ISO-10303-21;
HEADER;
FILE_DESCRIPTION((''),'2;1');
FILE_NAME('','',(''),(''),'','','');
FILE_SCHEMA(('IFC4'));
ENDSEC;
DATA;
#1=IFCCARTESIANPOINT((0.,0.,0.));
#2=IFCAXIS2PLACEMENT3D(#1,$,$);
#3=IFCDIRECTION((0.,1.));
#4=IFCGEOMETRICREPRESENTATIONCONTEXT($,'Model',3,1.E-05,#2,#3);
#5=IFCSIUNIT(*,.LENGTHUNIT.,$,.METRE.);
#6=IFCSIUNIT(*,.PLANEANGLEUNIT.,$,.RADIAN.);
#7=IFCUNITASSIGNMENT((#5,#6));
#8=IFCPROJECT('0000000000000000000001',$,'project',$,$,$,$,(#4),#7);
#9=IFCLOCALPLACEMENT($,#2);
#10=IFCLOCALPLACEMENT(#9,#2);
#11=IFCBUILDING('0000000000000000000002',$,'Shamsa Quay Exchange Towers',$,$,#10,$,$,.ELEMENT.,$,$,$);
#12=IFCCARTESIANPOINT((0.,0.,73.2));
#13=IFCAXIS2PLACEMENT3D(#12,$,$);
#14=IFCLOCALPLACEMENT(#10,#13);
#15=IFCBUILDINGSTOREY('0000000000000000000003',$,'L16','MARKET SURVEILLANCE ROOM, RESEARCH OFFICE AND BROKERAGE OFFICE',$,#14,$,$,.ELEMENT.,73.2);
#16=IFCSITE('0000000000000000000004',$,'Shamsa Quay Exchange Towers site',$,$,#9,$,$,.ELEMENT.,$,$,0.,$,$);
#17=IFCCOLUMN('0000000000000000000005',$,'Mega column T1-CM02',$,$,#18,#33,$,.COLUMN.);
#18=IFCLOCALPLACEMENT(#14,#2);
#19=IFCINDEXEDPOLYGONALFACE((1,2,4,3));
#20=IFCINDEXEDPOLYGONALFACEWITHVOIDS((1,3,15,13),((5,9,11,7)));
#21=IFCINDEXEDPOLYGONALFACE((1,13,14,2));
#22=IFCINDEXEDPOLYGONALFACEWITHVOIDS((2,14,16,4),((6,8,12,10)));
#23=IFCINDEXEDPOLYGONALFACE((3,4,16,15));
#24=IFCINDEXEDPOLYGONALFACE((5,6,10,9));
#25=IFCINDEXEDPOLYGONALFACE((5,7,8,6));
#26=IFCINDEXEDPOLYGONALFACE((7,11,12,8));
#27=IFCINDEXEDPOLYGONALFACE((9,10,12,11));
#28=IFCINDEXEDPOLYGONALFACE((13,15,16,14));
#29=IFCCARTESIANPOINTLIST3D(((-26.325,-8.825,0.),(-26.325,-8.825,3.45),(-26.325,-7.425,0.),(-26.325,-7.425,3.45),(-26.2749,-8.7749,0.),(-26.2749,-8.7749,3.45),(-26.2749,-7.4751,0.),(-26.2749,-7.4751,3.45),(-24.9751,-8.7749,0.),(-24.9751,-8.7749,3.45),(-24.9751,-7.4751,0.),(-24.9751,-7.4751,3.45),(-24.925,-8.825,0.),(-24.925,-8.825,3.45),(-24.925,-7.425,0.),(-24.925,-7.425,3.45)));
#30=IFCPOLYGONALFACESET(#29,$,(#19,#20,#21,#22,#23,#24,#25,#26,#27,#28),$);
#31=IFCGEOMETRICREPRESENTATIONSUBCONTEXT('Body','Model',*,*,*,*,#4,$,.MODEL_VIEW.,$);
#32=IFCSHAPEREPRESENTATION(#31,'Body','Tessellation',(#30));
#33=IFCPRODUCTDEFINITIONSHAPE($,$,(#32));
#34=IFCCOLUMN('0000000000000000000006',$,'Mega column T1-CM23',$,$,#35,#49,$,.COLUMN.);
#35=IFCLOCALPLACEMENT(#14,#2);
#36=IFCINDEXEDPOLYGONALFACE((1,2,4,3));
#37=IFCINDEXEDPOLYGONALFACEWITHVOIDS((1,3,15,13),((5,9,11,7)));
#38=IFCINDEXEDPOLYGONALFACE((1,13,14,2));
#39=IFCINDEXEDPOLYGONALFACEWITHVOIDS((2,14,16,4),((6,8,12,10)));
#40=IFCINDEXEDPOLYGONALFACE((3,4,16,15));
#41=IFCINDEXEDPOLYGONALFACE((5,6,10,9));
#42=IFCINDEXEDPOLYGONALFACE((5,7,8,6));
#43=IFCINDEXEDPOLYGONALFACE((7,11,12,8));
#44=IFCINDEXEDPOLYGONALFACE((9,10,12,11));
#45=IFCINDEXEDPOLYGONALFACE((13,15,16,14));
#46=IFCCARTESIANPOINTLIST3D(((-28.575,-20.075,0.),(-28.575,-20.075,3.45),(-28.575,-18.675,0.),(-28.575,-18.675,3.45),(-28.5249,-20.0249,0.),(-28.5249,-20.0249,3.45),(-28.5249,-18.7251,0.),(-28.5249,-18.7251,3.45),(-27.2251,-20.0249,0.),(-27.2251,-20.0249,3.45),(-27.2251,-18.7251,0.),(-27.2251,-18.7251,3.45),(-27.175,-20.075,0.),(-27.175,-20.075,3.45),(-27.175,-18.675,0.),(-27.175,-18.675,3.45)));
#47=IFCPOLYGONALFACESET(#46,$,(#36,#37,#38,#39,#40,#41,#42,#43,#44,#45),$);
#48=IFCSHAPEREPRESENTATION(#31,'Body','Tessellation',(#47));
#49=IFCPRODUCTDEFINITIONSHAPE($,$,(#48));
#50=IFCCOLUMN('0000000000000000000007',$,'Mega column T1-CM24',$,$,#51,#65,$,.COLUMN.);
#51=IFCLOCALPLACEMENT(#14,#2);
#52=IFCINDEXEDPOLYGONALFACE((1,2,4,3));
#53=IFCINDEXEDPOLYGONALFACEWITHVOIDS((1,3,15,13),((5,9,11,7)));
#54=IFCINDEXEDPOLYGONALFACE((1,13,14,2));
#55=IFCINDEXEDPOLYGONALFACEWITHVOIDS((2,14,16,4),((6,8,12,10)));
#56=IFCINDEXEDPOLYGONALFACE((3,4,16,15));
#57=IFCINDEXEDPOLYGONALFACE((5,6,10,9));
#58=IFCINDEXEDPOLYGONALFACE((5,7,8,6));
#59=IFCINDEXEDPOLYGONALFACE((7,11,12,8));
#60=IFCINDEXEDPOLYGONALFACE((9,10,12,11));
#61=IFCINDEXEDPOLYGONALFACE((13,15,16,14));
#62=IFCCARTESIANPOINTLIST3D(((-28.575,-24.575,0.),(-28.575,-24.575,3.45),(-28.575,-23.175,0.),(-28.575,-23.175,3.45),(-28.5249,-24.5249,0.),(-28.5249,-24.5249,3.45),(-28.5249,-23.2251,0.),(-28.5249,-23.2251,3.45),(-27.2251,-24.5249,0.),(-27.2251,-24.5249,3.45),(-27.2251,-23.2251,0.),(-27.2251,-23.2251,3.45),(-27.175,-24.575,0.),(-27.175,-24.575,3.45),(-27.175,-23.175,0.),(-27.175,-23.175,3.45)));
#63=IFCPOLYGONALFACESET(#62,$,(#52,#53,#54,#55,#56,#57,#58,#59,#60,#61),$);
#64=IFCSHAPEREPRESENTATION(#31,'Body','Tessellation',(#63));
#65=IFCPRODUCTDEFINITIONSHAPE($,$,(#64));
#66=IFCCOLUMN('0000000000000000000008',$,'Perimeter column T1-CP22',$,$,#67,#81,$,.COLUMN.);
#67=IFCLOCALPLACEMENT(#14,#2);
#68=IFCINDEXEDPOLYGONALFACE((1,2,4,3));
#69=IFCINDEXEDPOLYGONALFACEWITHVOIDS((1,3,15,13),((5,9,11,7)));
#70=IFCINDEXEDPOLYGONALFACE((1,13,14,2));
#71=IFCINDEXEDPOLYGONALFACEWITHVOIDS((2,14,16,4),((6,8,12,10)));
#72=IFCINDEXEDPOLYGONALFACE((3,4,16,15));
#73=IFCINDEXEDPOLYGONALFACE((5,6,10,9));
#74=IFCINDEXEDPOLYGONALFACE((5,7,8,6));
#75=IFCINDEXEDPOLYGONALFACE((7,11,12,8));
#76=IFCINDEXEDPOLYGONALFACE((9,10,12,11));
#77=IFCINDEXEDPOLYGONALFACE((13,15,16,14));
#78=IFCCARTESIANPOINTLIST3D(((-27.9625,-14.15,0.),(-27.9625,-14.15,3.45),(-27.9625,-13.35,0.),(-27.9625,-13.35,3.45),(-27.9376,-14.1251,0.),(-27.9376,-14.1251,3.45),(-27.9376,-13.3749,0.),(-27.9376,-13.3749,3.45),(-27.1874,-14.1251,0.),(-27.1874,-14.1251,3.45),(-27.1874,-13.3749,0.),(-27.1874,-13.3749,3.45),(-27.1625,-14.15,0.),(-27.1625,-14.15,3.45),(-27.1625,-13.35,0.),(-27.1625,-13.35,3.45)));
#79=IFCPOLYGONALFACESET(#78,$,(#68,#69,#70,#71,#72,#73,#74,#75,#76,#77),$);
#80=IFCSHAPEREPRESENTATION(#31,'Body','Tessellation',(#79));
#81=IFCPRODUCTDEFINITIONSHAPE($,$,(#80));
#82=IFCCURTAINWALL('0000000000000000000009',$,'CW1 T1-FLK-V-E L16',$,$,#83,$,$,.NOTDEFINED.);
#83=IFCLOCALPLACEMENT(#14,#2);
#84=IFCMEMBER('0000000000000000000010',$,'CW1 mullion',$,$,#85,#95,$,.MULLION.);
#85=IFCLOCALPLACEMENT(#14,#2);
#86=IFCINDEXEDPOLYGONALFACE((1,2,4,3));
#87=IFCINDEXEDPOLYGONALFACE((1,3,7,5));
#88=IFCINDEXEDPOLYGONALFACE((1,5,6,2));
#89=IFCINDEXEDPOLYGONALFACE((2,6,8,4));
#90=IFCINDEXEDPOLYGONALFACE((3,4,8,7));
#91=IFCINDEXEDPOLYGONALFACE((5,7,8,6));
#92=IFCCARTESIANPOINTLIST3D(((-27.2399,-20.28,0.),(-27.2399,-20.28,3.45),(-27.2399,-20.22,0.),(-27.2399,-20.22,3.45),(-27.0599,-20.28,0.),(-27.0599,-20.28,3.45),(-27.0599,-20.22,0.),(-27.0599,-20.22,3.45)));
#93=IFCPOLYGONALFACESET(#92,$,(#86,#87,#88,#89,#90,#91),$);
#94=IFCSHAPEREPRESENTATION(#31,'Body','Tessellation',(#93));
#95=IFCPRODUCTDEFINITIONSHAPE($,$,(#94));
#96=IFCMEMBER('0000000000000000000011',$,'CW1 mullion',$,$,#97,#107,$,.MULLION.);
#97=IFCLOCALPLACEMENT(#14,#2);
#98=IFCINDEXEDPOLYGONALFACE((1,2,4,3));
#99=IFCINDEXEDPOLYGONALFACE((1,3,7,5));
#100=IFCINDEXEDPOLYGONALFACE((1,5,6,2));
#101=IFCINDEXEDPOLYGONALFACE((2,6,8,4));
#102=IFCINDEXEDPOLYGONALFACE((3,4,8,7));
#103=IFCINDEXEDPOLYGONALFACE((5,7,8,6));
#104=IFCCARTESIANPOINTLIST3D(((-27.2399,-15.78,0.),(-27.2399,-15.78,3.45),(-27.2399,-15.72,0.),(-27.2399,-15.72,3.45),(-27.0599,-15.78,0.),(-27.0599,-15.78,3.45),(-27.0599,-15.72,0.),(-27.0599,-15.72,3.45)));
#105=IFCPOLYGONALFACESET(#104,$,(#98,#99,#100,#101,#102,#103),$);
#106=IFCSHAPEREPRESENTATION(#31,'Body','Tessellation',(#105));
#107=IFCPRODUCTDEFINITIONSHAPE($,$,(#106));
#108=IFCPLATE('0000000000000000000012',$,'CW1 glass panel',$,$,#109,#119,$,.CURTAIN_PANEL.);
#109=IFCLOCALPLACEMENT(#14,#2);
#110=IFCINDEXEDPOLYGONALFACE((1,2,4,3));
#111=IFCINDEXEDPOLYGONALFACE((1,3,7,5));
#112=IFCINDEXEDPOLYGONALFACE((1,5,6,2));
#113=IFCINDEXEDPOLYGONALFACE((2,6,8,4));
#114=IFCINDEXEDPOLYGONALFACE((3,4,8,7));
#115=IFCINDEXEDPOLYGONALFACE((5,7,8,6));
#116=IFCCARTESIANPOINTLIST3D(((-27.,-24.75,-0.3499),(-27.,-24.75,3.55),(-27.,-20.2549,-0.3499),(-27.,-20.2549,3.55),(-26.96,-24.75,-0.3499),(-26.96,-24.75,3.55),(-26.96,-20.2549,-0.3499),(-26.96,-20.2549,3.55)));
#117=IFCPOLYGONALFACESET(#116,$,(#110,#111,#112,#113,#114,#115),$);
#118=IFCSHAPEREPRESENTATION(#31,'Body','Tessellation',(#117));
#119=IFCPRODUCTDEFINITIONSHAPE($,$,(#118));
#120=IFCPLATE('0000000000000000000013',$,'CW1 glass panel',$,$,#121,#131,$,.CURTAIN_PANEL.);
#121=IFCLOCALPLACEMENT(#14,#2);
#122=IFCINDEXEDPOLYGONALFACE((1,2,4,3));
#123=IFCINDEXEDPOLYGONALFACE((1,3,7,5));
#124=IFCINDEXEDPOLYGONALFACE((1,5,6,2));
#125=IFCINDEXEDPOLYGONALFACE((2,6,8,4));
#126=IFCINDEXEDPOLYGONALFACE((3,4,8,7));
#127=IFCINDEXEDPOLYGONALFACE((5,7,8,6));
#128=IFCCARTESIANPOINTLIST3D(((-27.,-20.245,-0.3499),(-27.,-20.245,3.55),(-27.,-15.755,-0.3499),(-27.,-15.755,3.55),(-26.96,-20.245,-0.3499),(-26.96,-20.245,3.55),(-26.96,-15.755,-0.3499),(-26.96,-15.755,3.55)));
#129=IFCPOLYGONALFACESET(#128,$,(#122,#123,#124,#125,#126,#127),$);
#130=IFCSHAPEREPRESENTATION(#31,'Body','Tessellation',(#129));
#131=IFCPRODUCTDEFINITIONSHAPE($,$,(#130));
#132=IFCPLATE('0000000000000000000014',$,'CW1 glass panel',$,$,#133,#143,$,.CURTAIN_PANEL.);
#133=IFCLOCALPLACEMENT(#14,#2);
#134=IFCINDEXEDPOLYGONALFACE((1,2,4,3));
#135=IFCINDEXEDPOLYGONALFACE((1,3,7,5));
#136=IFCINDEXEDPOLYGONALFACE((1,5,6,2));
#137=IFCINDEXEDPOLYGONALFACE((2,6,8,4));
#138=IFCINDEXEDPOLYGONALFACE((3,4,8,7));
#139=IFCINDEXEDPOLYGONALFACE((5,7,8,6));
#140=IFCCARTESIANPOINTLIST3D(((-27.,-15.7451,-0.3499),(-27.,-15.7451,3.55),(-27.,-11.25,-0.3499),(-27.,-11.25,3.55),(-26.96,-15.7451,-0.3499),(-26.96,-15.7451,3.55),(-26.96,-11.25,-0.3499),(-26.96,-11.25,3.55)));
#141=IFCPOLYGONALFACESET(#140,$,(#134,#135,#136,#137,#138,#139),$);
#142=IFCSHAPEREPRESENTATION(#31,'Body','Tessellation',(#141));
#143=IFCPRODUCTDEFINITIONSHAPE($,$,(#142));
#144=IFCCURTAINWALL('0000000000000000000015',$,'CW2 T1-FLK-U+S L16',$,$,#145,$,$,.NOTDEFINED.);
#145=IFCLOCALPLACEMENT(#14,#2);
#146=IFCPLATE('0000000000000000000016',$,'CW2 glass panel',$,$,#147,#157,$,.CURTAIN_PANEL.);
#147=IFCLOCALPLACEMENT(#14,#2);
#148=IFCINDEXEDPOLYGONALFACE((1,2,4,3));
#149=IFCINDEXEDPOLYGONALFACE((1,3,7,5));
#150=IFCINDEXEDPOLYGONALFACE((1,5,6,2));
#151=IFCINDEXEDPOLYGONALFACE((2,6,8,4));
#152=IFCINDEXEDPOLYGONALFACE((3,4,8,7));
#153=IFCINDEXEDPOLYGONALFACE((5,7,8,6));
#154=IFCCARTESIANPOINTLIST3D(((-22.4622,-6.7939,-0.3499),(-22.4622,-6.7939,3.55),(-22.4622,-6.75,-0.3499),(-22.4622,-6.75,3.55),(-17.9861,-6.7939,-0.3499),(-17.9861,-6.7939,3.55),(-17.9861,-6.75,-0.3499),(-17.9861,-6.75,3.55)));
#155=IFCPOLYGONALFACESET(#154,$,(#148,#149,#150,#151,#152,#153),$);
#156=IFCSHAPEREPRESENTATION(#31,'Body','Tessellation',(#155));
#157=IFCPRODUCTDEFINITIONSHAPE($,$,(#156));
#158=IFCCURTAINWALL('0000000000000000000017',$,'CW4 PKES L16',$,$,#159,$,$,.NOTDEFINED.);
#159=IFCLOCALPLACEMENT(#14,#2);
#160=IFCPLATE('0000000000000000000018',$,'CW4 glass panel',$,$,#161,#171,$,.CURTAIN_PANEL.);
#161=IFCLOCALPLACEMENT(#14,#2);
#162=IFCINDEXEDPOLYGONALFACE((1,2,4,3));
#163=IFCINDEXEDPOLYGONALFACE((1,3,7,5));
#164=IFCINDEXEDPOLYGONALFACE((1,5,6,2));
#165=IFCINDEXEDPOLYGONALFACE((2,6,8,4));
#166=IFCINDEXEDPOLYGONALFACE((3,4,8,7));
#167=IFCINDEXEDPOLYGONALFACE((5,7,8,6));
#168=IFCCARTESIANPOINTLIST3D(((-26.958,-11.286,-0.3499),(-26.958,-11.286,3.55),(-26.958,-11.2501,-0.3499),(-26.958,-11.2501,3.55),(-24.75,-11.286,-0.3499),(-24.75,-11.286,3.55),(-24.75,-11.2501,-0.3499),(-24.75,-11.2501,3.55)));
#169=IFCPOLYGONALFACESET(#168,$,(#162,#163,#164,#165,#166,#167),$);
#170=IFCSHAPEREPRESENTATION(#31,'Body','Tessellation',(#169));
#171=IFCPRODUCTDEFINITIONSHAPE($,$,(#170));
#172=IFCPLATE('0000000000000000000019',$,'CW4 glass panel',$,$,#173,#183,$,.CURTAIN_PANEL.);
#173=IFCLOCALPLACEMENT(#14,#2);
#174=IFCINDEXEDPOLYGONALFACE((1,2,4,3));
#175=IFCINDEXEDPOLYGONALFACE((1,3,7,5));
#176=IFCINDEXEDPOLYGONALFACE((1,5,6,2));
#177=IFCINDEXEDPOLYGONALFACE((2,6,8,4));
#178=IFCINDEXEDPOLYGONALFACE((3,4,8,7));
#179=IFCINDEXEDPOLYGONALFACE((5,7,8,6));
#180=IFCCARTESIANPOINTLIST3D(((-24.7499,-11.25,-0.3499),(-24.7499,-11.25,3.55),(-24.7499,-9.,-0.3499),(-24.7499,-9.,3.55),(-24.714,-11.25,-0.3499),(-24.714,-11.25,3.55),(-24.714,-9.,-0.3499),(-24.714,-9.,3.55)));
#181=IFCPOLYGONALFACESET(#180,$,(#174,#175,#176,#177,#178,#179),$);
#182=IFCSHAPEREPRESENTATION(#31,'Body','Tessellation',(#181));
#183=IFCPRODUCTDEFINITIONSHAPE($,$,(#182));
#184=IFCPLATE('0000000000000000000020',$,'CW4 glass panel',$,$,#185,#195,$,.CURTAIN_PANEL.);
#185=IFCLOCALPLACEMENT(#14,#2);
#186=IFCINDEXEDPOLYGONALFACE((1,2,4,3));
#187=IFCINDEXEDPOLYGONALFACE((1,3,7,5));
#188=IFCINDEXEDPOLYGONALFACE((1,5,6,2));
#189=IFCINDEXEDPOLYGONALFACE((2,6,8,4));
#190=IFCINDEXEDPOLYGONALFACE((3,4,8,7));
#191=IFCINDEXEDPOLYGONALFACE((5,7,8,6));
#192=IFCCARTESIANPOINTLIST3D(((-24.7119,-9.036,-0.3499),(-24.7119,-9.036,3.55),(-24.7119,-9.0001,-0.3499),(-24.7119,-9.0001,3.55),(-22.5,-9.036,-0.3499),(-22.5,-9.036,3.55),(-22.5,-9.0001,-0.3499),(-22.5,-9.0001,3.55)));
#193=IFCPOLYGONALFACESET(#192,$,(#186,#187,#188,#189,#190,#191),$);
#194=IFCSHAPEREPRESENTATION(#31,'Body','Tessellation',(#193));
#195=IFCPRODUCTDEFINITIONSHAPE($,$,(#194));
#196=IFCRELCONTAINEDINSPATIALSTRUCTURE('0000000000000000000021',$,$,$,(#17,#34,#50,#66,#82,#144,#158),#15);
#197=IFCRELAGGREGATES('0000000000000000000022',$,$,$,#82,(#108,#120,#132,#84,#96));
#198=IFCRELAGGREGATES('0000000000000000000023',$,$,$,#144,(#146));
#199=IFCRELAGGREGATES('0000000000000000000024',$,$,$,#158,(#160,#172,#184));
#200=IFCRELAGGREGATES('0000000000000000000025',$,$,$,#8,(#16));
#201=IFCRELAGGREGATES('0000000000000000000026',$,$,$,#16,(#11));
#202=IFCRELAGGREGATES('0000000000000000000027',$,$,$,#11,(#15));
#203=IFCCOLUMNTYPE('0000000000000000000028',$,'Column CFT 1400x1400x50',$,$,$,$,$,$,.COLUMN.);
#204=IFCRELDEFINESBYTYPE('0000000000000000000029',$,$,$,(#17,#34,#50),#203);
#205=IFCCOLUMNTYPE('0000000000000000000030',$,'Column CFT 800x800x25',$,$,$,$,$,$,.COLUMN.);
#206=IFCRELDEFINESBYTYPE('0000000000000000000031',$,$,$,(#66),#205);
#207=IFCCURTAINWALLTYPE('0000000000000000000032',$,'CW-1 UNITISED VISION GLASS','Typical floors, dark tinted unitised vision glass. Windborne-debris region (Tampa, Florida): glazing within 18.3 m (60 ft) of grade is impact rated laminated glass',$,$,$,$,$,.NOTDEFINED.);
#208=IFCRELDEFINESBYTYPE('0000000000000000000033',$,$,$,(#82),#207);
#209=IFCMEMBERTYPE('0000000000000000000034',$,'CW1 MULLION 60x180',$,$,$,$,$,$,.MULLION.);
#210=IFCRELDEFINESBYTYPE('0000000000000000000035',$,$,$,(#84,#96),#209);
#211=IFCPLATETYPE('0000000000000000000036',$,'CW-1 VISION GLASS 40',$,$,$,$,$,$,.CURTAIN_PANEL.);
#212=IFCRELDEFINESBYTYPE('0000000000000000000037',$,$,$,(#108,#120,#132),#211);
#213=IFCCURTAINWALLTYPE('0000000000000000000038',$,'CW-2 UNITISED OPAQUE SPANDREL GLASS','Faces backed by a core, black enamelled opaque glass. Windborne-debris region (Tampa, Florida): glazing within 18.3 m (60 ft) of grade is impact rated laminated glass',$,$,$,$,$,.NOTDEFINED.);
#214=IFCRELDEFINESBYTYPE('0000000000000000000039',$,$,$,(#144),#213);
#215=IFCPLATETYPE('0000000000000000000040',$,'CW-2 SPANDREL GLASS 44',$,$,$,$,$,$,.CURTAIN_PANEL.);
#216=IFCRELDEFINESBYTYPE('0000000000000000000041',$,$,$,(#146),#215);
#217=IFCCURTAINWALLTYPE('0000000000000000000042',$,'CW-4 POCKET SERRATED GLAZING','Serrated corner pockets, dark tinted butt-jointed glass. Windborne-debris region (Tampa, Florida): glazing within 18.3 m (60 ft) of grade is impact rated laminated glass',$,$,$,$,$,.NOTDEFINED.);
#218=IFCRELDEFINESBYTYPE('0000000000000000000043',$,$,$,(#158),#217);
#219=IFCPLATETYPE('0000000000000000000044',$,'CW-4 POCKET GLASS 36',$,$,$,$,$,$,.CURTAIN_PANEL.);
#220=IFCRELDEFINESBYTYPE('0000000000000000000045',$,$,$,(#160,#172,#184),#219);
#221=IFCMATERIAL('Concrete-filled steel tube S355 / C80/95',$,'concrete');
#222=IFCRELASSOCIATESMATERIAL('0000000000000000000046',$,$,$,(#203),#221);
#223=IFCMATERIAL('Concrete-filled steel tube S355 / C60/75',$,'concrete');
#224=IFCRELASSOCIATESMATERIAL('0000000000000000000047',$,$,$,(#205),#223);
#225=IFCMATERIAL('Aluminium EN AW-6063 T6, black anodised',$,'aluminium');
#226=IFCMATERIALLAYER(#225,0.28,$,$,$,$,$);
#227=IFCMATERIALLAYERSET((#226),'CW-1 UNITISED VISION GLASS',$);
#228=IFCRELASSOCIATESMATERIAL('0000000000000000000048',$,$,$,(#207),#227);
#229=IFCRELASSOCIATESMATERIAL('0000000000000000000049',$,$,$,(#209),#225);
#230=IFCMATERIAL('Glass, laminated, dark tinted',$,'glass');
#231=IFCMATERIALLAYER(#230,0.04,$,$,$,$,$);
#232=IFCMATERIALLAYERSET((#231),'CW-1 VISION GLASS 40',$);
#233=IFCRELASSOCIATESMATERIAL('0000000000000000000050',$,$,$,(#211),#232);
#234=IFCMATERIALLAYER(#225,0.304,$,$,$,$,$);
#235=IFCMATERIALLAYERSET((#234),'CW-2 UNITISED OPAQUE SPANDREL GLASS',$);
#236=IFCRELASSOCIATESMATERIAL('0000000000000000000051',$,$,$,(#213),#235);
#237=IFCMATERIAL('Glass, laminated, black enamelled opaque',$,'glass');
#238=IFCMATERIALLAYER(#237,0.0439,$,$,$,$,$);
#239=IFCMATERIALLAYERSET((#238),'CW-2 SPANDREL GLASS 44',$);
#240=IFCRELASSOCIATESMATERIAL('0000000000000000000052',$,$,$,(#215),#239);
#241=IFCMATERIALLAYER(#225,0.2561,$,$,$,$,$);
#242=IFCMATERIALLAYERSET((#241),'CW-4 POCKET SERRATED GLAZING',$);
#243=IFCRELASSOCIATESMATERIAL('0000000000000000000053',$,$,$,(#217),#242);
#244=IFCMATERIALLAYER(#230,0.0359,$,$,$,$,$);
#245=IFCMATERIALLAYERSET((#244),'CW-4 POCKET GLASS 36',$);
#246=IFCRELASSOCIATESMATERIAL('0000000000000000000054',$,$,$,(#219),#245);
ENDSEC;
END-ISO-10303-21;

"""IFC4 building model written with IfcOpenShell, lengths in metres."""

from ifc_helpers import new_model, si_unit, direction, frame, origin, origin_2d, place, context, subcontext, project, spatial, rectangle, hollow_rectangle, extrude, material, layer, layer_set, material_profile, profile_set, type_object, element, aggregate, save


model = new_model("IFC4")

# Units and contexts
model_context = context("Model", 3, precision=1e-05, world=origin(), true_north=direction((0.0, 1.0)))
body_context = subcontext(model_context, "Body", "Model", "MODEL_VIEW")
ifc_project = project(units=[si_unit("LENGTHUNIT", "METRE"), si_unit("PLANEANGLEUNIT", "RADIAN")], contexts=[model_context])

# Site, building, storey
site_placement = place(None, origin())
site = spatial("IfcSite", under=ifc_project, at=site_placement, Name="Shamsa Quay Exchange Towers site", CompositionType="ELEMENT", RefElevation=0.0)
building_placement = place(site_placement, origin())
building = spatial("IfcBuilding", under=site, at=building_placement, Name="Shamsa Quay Exchange Towers", CompositionType="ELEMENT")
storey_placement = place(building_placement, frame((0.0, 0.0, 73.2)))
storey = spatial("IfcBuildingStorey", under=building, at=storey_placement, Name="L16", Description="MARKET SURVEILLANCE ROOM, RESEARCH OFFICE AND BROKERAGE OFFICE", CompositionType="ELEMENT", Elevation=73.2)

# Columns
ifc_material_1 = material(Name="Concrete-filled steel tube S355 / C80/95", Category="concrete")
ifc_material_profile_1 = material_profile(ifc_material_1, hollow_rectangle(XDim=1.3999, YDim=1.3999, WallThickness=0.05, at=origin_2d()), Name="CFT 1400x1400x50")
ifc_profile_set_1 = profile_set([ifc_material_profile_1], Name="Concrete-filled steel tube S355 / C80/95")
column_type_1 = type_object("IfcColumnType", Name="Column CFT 1400x1400x50", PredefinedType="COLUMN", material=ifc_profile_set_1)
for number, where, name in (
    (1, (-25.625, -8.125, 0.0), "Mega column T1-CM02"),
    (2, (-27.875, -19.375, 0.0), "Mega column T1-CM23"),
    (3, (-27.875, -23.875, 0.0), "Mega column T1-CM24"),
):
    element("IfcColumn", number, at=place(storey_placement, frame(where)), inside=storey, type_object=column_type_1, Name=name, PredefinedType="COLUMN", context=body_context, shape_type="SweptSolid", body=[
        extrude(hollow_rectangle(XDim=1.3999, YDim=1.3999, WallThickness=0.05, at=origin_2d()), origin(), (0.0, 0.0, 1.0), 3.45),
    ])
ifc_material_2 = material(Name="Concrete-filled steel tube S355 / C60/75", Category="concrete")
ifc_material_profile_2 = material_profile(ifc_material_2, hollow_rectangle(XDim=0.8, YDim=0.8, WallThickness=0.0249, at=origin_2d()), Name="CFT 800x800x25")
ifc_profile_set_2 = profile_set([ifc_material_profile_2], Name="Concrete-filled steel tube S355 / C60/75")
column_type_2 = type_object("IfcColumnType", Name="Column CFT 800x800x25", PredefinedType="COLUMN", material=ifc_profile_set_2)
column_placement = place(storey_placement, frame((-27.5625, -13.75, 0.0)))
element("IfcColumn", 4, at=column_placement, inside=storey, type_object=column_type_2, Name="Perimeter column T1-CP22", PredefinedType="COLUMN", context=body_context, shape_type="SweptSolid", body=[
    extrude(hollow_rectangle(XDim=0.8, YDim=0.8, WallThickness=0.0249, at=origin_2d()), origin(), (0.0, 0.0, 1.0), 3.45),
])

# Curtain wall, members, plates
ifc_material_3 = material(Name="Aluminium EN AW-6063 T6, black anodised", Category="aluminium")
ifc_layer_1 = layer(ifc_material_3, 0.28)
ifc_layer_set_1 = layer_set([ifc_layer_1], Name="CW-1 UNITISED VISION GLASS")
curtain_wall_type_1 = type_object("IfcCurtainWallType", Name="CW-1 UNITISED VISION GLASS", Description="Typical floors, dark tinted unitised vision glass. Windborne-debris region (Tampa, Florida): glazing within 18.3 m (60 ft) of grade is impact rated laminated glass", PredefinedType="NOTDEFINED", material=ifc_layer_set_1)
curtain_wall_1_placement = place(storey_placement, origin())
curtain_wall_1 = element("IfcCurtainWall", 5, at=curtain_wall_1_placement, inside=storey, type_object=curtain_wall_type_1, Name="CW1 T1-FLK-V-E L16", PredefinedType="NOTDEFINED")
ifc_material_profile_3 = material_profile(ifc_material_3, rectangle(XDim=0.1799, YDim=0.0601, at=origin_2d()), Name="MU60x180")
ifc_profile_set_3 = profile_set([ifc_material_profile_3], Name="Aluminium EN AW-6063 T6, black anodised")
member_type = type_object("IfcMemberType", Name="CW1 MULLION 60x180", PredefinedType="MULLION", material=ifc_profile_set_3)
member_1_placement = place(storey_placement, frame((-27.1499, -20.25, 0.0), z_axis=(0.0, 0.0, 1.0), x_axis=(-1.0, 0.0, 0.0)))
member_1 = element("IfcMember", 6, at=member_1_placement, type_object=member_type, Name="CW1 mullion", PredefinedType="MULLION", context=body_context, shape_type="SweptSolid", body=[
    extrude(rectangle(XDim=0.1799, YDim=0.0601, at=origin_2d()), origin(), (0.0, 0.0, 1.0), 3.45),
])
member_2_placement = place(storey_placement, frame((-27.1499, -15.75, 0.0), z_axis=(0.0, 0.0, 1.0), x_axis=(-1.0, 0.0, 0.0)))
member_2 = element("IfcMember", 7, at=member_2_placement, type_object=member_type, Name="CW1 mullion", PredefinedType="MULLION", context=body_context, shape_type="SweptSolid", body=[
    extrude(rectangle(XDim=0.1799, YDim=0.0601, at=origin_2d()), origin(), (0.0, 0.0, 1.0), 3.45),
])
ifc_material_4 = material(Name="Glass, laminated, dark tinted", Category="glass")
ifc_layer_2 = layer(ifc_material_4, 0.04)
ifc_layer_set_2 = layer_set([ifc_layer_2], Name="CW-1 VISION GLASS 40")
plate_type_1 = type_object("IfcPlateType", Name="CW-1 VISION GLASS 40", PredefinedType="CURTAIN_PANEL", material=ifc_layer_set_2)
plate_1_placement = place(storey_placement, frame((-26.98, -22.5024, -0.3499), z_axis=(0.0, 0.0, 1.0), x_axis=(0.0, 1.0, 0.0)))
plate_1 = element("IfcPlate", 8, at=plate_1_placement, type_object=plate_type_1, Name="CW1 glass panel", PredefinedType="CURTAIN_PANEL", context=body_context, shape_type="SweptSolid", body=[
    extrude(rectangle(XDim=4.4951, YDim=0.04, at=origin_2d()), origin(), (0.0, 0.0, 1.0), 3.8999),
])
plate_2_placement = place(storey_placement, frame((-26.98, -18.0, -0.3499), z_axis=(0.0, 0.0, 1.0), x_axis=(0.0, 1.0, 0.0)))
plate_2 = element("IfcPlate", 9, at=plate_2_placement, type_object=plate_type_1, Name="CW1 glass panel", PredefinedType="CURTAIN_PANEL", context=body_context, shape_type="SweptSolid", body=[
    extrude(rectangle(XDim=4.49, YDim=0.04, at=origin_2d()), origin(), (0.0, 0.0, 1.0), 3.8999),
])
plate_3_placement = place(storey_placement, frame((-26.98, -13.4976, -0.3499), z_axis=(0.0, 0.0, 1.0), x_axis=(0.0, 1.0, 0.0)))
plate_3 = element("IfcPlate", 10, at=plate_3_placement, type_object=plate_type_1, Name="CW1 glass panel", PredefinedType="CURTAIN_PANEL", context=body_context, shape_type="SweptSolid", body=[
    extrude(rectangle(XDim=4.4951, YDim=0.04, at=origin_2d()), origin(), (0.0, 0.0, 1.0), 3.8999),
])
aggregate(curtain_wall_1, [plate_1, plate_2, plate_3, member_1, member_2])

# Curtain wall, plate
ifc_layer_3 = layer(ifc_material_3, 0.304)
ifc_layer_set_3 = layer_set([ifc_layer_3], Name="CW-2 UNITISED OPAQUE SPANDREL GLASS")
curtain_wall_type_2 = type_object("IfcCurtainWallType", Name="CW-2 UNITISED OPAQUE SPANDREL GLASS", Description="Faces backed by a core, black enamelled opaque glass. Windborne-debris region (Tampa, Florida): glazing within 18.3 m (60 ft) of grade is impact rated laminated glass", PredefinedType="NOTDEFINED", material=ifc_layer_set_3)
curtain_wall_2_placement = place(storey_placement, origin())
curtain_wall_2 = element("IfcCurtainWall", 11, at=curtain_wall_2_placement, inside=storey, type_object=curtain_wall_type_2, Name="CW2 T1-FLK-U+S L16", PredefinedType="NOTDEFINED")
ifc_material_5 = material(Name="Glass, laminated, black enamelled opaque", Category="glass")
ifc_layer_4 = layer(ifc_material_5, 0.0439)
ifc_layer_set_4 = layer_set([ifc_layer_4], Name="CW-2 SPANDREL GLASS 44")
plate_type_2 = type_object("IfcPlateType", Name="CW-2 SPANDREL GLASS 44", PredefinedType="CURTAIN_PANEL", material=ifc_layer_set_4)
plate_4_placement = place(storey_placement, frame((-20.2241, -6.772, -0.3499)))
plate_4 = element("IfcPlate", 12, at=plate_4_placement, type_object=plate_type_2, Name="CW2 glass panel", PredefinedType="CURTAIN_PANEL", context=body_context, shape_type="SweptSolid", body=[
    extrude(rectangle(XDim=4.4761, YDim=0.0439, at=origin_2d()), origin(), (0.0, 0.0, 1.0), 3.8999),
])
aggregate(curtain_wall_2, [plate_4])

# Curtain wall, plates
ifc_layer_5 = layer(ifc_material_3, 0.2561)
ifc_layer_set_5 = layer_set([ifc_layer_5], Name="CW-4 POCKET SERRATED GLAZING")
curtain_wall_type_3 = type_object("IfcCurtainWallType", Name="CW-4 POCKET SERRATED GLAZING", Description="Serrated corner pockets, dark tinted butt-jointed glass. Windborne-debris region (Tampa, Florida): glazing within 18.3 m (60 ft) of grade is impact rated laminated glass", PredefinedType="NOTDEFINED", material=ifc_layer_set_5)
curtain_wall_3_placement = place(storey_placement, origin())
curtain_wall_3 = element("IfcCurtainWall", 13, at=curtain_wall_3_placement, inside=storey, type_object=curtain_wall_type_3, Name="CW4 PKES L16", PredefinedType="NOTDEFINED")
ifc_layer_6 = layer(ifc_material_4, 0.0359)
ifc_layer_set_6 = layer_set([ifc_layer_6], Name="CW-4 POCKET GLASS 36")
plate_type_3 = type_object("IfcPlateType", Name="CW-4 POCKET GLASS 36", PredefinedType="CURTAIN_PANEL", material=ifc_layer_set_6)
plate_5_placement = place(storey_placement, frame((-25.854, -11.2681, -0.3499)))
plate_5 = element("IfcPlate", 14, at=plate_5_placement, type_object=plate_type_3, Name="CW4 glass panel", PredefinedType="CURTAIN_PANEL", context=body_context, shape_type="SweptSolid", body=[
    extrude(rectangle(XDim=2.208, YDim=0.0359, at=origin_2d()), origin(), (0.0, 0.0, 1.0), 3.8999),
])
plate_6_placement = place(storey_placement, frame((-24.7319, -10.125, -0.3499), z_axis=(0.0, 0.0, 1.0), x_axis=(0.0, 1.0, 0.0)))
plate_6 = element("IfcPlate", 15, at=plate_6_placement, type_object=plate_type_3, Name="CW4 glass panel", PredefinedType="CURTAIN_PANEL", context=body_context, shape_type="SweptSolid", body=[
    extrude(rectangle(XDim=2.25, YDim=0.0359, at=origin_2d()), origin(), (0.0, 0.0, 1.0), 3.8999),
])
plate_7_placement = place(storey_placement, frame((-23.606, -9.0181, -0.3499)))
plate_7 = element("IfcPlate", 16, at=plate_7_placement, type_object=plate_type_3, Name="CW4 glass panel", PredefinedType="CURTAIN_PANEL", context=body_context, shape_type="SweptSolid", body=[
    extrude(rectangle(XDim=2.2119, YDim=0.0359, at=origin_2d()), origin(), (0.0, 0.0, 1.0), 3.8999),
])
aggregate(curtain_wall_3, [plate_5, plate_6, plate_7])

save(model, "model.ifc")
